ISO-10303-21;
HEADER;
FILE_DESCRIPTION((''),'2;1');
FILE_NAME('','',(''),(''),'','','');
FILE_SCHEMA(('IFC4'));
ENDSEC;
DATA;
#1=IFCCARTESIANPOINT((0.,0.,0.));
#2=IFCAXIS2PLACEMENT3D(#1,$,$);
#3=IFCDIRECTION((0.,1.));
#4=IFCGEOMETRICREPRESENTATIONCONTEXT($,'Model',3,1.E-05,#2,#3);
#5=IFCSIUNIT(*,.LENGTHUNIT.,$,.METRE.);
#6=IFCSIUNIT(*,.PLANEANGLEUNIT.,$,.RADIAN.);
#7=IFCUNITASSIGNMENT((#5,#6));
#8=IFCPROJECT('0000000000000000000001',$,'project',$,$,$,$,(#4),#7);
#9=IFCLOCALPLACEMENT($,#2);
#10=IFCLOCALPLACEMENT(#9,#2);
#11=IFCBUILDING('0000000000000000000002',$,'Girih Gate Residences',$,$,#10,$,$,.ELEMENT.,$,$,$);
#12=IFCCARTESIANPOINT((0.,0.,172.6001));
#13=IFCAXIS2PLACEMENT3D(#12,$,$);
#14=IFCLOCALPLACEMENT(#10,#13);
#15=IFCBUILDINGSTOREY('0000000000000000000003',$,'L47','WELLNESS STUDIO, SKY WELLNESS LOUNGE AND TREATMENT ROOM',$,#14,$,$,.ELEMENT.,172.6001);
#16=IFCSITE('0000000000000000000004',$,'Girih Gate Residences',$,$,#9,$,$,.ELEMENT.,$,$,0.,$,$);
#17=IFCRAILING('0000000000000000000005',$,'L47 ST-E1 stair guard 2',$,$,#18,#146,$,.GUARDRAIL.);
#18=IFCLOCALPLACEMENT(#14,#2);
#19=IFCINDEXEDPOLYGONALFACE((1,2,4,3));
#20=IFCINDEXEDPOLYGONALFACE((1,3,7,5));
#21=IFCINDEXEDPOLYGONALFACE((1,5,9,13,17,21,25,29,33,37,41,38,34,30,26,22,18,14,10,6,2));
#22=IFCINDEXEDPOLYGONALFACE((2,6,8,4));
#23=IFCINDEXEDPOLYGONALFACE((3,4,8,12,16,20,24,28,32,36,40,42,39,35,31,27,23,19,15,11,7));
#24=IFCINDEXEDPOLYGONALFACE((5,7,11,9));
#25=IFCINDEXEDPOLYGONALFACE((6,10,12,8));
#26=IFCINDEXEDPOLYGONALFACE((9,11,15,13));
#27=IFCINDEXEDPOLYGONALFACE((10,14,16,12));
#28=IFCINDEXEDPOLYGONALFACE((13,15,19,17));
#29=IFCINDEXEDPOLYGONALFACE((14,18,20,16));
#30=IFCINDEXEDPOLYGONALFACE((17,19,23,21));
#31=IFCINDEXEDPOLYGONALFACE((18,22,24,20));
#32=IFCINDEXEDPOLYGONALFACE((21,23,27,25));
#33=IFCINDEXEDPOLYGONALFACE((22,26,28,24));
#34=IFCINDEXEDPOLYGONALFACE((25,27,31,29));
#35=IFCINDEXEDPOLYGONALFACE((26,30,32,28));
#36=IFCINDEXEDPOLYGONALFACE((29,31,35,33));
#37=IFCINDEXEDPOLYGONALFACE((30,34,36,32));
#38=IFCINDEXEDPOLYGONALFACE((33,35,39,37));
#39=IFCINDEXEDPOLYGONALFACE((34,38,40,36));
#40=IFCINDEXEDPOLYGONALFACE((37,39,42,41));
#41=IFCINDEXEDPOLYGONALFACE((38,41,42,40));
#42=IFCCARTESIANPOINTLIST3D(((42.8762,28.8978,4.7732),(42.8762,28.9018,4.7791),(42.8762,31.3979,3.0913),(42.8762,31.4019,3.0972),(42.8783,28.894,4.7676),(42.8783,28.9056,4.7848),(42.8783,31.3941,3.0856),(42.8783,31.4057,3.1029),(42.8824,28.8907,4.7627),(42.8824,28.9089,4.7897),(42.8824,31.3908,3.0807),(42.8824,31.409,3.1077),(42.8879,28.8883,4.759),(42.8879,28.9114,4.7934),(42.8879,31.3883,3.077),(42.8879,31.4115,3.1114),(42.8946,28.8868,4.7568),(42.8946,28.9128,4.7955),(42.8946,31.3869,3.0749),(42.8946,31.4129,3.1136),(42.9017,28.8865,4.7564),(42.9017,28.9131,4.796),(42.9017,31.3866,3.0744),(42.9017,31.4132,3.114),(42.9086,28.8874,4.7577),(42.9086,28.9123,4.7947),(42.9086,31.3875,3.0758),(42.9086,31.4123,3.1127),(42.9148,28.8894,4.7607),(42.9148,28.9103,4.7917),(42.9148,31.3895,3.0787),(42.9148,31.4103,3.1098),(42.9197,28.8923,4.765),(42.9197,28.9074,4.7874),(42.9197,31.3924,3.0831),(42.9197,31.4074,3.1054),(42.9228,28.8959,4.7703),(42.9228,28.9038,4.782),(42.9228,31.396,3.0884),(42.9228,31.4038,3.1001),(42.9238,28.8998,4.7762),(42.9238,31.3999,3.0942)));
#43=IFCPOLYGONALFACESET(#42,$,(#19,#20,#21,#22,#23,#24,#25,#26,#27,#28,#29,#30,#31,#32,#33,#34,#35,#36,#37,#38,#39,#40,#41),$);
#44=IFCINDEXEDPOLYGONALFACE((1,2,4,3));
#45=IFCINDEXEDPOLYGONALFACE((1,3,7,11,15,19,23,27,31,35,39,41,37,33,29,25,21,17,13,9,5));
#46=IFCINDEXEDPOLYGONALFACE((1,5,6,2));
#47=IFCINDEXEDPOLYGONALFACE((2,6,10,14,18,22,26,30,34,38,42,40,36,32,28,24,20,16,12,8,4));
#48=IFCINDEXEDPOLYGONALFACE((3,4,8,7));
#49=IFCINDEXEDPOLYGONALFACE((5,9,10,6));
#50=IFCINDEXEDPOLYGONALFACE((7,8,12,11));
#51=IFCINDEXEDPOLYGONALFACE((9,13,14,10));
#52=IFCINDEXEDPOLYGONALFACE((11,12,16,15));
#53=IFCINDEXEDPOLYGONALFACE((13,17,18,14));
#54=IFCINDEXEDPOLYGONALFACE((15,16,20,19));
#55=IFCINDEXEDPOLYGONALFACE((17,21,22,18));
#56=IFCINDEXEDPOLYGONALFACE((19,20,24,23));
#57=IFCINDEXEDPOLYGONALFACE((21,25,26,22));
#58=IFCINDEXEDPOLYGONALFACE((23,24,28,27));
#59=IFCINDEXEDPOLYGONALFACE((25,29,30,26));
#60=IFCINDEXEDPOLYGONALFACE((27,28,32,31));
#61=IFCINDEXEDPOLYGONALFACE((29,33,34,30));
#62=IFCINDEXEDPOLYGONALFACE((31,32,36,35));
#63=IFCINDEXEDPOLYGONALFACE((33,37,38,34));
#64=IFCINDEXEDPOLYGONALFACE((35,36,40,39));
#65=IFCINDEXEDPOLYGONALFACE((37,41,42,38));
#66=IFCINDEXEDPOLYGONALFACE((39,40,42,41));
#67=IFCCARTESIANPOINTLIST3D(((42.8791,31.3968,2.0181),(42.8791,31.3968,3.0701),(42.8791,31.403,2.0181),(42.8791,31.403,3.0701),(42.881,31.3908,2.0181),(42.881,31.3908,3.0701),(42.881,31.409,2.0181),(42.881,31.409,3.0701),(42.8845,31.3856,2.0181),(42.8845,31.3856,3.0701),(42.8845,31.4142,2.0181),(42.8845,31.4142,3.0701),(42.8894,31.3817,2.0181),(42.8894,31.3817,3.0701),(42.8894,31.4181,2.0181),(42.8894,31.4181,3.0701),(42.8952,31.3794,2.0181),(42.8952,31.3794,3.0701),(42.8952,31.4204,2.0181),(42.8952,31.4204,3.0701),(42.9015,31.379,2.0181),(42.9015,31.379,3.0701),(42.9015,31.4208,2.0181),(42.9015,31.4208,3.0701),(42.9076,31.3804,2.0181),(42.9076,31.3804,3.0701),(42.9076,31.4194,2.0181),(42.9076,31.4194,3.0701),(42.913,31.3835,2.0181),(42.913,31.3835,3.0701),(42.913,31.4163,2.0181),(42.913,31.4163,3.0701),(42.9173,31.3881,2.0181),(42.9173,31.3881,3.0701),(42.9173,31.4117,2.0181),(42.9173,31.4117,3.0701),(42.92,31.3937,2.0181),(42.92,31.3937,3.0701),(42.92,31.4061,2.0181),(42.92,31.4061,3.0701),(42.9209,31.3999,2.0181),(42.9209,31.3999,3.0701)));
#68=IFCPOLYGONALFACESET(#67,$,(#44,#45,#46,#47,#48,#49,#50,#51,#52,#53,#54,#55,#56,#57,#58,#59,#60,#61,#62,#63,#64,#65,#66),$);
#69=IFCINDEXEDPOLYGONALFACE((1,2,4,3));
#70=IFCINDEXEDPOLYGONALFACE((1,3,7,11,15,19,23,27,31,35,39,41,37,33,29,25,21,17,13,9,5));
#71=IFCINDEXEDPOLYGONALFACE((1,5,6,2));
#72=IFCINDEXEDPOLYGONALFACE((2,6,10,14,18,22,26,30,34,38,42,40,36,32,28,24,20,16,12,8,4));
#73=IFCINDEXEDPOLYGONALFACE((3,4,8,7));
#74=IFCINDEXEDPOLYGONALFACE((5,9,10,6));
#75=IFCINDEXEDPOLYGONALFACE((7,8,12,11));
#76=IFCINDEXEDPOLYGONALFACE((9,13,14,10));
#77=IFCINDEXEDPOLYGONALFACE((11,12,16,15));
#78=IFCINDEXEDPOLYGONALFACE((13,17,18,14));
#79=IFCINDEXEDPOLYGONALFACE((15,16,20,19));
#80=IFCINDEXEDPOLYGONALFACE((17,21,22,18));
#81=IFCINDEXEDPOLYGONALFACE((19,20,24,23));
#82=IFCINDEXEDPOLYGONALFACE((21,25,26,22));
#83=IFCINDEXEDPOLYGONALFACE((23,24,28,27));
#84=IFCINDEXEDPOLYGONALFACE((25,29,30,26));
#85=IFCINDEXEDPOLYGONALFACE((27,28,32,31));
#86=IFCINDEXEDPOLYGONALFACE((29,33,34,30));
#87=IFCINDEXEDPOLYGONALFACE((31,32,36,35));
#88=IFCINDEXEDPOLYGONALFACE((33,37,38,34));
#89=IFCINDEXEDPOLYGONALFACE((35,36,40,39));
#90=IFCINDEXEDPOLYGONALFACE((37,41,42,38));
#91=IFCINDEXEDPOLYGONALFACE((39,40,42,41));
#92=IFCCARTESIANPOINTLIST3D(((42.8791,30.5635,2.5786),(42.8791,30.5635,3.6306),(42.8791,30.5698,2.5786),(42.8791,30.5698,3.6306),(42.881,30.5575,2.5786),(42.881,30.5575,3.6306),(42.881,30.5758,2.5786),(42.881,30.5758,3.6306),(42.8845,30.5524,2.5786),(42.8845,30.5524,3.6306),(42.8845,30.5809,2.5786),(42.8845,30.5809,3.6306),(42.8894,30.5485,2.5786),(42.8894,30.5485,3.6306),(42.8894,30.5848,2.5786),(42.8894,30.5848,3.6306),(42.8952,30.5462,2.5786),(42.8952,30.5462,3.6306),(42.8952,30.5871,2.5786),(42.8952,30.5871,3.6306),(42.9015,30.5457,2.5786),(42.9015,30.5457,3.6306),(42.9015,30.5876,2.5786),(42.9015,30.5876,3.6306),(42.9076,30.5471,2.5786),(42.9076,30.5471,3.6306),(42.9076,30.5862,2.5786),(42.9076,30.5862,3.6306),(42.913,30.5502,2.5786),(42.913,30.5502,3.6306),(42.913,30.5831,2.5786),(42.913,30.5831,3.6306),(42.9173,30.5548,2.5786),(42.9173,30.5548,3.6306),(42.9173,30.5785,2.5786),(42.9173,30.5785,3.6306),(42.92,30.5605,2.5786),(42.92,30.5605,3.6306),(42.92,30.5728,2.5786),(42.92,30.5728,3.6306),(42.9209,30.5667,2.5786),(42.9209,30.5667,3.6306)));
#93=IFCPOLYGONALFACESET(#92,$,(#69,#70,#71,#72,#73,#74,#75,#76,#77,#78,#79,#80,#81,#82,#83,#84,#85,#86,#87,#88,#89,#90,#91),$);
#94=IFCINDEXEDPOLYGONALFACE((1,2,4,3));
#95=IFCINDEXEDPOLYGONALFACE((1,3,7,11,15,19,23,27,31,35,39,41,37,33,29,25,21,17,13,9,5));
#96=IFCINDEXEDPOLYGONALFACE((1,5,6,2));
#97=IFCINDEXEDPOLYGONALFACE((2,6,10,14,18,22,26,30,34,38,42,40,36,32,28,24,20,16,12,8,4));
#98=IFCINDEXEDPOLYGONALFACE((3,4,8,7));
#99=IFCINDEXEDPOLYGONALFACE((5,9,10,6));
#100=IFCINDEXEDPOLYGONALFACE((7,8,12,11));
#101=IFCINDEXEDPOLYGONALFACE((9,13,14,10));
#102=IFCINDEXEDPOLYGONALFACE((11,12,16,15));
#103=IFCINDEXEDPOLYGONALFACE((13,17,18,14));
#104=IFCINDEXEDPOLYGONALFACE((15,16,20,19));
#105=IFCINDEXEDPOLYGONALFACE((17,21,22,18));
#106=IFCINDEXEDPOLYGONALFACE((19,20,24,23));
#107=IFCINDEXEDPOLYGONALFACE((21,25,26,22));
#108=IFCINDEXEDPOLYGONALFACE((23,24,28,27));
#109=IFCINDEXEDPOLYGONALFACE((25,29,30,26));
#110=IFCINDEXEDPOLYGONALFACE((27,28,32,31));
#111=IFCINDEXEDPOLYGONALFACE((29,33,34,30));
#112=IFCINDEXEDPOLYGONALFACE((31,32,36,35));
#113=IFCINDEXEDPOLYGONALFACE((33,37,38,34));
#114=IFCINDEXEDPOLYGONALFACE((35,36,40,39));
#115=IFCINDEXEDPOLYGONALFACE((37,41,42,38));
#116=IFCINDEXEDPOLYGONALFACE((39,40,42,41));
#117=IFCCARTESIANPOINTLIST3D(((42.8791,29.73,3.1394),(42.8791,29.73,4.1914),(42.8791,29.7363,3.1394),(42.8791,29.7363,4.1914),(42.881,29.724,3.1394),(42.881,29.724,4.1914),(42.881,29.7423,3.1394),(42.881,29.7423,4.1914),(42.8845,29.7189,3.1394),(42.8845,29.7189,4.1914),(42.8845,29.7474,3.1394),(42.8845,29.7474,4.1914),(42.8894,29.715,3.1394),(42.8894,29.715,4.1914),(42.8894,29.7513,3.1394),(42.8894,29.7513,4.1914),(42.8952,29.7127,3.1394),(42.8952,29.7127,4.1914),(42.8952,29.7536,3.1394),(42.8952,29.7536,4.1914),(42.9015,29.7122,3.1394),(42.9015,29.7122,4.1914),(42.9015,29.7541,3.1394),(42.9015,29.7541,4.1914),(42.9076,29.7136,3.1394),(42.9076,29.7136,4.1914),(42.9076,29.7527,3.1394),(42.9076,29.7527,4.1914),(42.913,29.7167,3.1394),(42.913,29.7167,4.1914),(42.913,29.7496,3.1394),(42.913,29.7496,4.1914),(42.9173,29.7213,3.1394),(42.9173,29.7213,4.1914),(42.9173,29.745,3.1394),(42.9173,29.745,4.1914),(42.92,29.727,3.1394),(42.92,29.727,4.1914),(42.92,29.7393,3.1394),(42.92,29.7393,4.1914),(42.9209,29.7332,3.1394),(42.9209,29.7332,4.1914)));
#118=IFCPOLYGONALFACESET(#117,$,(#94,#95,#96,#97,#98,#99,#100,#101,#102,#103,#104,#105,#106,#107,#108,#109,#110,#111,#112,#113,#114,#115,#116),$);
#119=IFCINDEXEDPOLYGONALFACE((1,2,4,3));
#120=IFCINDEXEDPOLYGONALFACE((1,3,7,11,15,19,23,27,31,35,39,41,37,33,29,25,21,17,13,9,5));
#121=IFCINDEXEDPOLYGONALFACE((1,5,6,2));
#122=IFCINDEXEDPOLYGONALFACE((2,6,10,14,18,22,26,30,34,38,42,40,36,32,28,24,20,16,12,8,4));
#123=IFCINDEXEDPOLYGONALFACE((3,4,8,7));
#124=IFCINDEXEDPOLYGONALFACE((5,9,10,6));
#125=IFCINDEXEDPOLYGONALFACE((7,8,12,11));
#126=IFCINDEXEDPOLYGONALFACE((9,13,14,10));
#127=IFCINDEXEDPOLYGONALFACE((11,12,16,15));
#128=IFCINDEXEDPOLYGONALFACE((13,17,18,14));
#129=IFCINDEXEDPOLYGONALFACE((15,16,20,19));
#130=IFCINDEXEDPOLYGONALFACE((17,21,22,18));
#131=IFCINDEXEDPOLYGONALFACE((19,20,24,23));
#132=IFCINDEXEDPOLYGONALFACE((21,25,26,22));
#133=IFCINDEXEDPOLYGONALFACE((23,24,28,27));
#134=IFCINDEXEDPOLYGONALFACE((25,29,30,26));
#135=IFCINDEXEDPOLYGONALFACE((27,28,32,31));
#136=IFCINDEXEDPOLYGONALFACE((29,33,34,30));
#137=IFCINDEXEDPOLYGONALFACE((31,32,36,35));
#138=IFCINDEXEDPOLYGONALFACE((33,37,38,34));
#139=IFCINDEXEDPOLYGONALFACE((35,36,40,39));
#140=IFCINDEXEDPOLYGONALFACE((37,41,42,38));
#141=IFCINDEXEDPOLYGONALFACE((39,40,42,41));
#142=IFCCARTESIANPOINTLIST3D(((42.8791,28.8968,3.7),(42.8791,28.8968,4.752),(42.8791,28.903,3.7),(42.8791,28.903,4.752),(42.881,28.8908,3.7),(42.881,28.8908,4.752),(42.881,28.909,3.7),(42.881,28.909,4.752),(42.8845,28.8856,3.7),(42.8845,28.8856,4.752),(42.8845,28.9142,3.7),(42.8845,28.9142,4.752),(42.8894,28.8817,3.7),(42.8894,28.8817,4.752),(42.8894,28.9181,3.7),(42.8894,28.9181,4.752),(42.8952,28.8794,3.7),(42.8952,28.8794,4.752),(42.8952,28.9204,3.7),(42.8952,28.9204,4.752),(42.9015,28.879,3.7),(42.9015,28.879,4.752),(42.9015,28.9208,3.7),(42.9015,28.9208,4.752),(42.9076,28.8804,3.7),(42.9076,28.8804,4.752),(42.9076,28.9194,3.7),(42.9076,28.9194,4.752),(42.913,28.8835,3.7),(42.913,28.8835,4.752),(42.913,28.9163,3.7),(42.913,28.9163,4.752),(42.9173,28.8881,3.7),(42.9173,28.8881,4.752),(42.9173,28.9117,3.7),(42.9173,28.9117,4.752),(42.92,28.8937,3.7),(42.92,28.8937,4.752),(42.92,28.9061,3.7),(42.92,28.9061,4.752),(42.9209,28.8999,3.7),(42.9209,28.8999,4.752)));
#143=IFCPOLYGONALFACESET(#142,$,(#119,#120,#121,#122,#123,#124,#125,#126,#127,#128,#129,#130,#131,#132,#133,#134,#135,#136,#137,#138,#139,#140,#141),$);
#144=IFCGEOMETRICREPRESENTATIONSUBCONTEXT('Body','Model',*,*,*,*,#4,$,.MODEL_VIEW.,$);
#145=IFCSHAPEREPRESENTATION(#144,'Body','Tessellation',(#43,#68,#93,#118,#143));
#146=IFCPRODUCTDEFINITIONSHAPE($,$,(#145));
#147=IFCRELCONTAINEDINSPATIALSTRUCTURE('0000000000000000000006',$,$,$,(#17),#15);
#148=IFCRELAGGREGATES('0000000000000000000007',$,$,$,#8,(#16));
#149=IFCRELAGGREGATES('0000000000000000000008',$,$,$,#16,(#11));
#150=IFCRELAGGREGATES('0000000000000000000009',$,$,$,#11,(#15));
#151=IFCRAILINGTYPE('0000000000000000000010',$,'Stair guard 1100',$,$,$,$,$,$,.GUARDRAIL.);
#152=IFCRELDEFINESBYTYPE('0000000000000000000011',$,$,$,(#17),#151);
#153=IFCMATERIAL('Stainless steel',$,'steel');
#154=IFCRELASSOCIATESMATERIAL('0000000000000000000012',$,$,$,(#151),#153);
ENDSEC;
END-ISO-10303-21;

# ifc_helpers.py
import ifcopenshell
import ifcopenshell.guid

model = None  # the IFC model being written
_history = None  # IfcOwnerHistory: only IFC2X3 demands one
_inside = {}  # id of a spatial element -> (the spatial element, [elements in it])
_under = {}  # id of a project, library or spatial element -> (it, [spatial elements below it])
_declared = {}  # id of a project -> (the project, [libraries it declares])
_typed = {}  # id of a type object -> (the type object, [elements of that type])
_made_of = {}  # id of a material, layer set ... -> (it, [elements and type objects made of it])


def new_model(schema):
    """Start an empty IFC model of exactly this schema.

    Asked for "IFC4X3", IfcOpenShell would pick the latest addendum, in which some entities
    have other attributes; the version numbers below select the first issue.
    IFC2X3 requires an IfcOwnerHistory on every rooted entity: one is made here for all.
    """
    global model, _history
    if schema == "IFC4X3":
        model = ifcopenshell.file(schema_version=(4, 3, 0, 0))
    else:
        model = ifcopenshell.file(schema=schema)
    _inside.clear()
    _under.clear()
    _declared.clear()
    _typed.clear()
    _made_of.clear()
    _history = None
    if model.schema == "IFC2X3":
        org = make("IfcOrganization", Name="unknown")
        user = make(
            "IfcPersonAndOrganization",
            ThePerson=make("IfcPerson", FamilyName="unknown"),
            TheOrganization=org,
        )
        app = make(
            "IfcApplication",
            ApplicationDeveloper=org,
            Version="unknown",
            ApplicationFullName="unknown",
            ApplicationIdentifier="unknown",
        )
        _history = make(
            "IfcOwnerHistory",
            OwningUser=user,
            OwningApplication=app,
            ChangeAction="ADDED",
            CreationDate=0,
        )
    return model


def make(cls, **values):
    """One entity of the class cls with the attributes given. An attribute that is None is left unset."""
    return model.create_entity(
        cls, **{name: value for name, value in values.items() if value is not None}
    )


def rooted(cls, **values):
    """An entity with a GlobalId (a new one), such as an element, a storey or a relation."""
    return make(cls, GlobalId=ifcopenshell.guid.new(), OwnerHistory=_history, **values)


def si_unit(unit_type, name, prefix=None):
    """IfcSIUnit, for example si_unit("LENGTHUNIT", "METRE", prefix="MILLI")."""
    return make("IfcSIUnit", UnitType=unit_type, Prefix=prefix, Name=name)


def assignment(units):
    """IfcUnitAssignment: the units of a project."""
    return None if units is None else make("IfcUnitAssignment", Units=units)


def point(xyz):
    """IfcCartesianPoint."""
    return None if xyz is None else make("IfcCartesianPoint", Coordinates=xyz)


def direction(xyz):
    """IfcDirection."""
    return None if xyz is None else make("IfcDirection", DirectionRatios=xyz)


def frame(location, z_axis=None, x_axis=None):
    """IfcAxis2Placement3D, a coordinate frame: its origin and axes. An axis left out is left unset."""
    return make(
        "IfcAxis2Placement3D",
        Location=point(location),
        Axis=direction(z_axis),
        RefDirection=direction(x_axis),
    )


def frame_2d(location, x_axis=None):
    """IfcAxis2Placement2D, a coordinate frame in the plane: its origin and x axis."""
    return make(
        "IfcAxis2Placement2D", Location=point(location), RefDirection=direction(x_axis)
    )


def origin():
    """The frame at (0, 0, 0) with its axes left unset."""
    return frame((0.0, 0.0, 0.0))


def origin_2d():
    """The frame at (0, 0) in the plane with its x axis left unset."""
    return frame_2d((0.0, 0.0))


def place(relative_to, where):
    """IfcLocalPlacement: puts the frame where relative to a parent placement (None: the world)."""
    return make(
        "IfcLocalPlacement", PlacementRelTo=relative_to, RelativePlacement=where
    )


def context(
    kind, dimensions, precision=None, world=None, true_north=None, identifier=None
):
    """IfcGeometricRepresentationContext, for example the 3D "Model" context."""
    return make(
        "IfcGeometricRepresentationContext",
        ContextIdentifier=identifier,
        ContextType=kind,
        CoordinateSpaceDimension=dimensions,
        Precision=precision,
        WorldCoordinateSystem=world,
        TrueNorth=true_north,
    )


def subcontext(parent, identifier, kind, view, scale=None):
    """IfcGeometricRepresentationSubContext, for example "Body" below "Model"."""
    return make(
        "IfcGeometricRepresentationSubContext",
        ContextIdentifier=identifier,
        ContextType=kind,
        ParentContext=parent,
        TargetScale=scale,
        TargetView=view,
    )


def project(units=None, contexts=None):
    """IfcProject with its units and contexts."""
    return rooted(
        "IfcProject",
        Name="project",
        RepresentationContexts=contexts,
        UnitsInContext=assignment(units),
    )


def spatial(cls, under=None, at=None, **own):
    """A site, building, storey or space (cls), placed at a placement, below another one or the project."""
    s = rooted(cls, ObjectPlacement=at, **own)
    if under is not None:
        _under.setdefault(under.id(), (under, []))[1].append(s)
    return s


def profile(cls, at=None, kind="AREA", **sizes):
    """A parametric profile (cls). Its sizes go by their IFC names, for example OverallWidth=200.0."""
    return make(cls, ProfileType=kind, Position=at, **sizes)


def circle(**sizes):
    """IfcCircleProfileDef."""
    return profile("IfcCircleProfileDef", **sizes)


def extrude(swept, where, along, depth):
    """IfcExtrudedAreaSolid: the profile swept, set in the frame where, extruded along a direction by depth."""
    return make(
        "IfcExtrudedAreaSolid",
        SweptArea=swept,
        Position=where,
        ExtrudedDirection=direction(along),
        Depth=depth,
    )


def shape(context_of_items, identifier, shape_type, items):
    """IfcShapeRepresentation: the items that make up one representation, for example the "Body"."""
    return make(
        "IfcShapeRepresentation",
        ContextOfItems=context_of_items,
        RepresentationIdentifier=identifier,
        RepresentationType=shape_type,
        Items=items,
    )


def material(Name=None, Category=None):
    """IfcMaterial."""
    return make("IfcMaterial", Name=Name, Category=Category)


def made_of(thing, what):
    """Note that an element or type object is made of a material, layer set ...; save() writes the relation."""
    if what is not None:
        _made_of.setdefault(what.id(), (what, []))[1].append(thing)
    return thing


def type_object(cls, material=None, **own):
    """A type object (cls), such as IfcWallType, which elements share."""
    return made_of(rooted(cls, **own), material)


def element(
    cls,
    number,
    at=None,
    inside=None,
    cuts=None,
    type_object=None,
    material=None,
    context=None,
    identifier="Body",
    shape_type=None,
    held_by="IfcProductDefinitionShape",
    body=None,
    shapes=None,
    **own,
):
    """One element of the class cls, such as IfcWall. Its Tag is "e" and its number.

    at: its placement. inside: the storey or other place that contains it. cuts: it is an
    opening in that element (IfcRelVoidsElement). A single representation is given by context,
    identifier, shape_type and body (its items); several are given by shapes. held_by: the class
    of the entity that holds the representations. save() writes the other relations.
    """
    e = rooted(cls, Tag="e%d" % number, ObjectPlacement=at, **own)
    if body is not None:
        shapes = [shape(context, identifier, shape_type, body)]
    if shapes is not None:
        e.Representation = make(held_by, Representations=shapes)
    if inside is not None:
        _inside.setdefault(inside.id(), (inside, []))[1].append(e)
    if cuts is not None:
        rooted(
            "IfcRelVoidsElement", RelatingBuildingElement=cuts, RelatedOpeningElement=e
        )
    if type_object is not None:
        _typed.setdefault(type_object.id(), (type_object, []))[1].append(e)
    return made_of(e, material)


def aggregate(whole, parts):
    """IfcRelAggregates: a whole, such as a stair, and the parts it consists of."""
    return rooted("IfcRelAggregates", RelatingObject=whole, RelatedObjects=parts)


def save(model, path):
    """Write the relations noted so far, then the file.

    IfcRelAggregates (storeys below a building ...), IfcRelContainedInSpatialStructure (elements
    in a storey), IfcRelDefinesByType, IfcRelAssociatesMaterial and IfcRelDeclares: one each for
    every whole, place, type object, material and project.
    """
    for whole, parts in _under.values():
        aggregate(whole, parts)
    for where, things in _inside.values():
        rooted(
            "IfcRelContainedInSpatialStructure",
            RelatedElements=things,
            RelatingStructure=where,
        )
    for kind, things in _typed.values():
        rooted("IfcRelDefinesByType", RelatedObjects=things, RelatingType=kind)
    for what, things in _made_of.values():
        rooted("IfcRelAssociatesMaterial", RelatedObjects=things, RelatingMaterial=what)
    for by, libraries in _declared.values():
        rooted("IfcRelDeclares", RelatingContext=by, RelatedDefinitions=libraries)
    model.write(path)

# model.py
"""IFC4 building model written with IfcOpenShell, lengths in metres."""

from ifc_helpers import new_model, si_unit, direction, frame, origin, origin_2d, place, context, subcontext, project, spatial, circle, extrude, material, type_object, element, save


model = new_model("IFC4")

# Units and contexts
model_context = context("Model", 3, precision=1e-05, world=origin(), true_north=direction((0.0, 1.0)))
body_context = subcontext(model_context, "Body", "Model", "MODEL_VIEW")
ifc_project = project(units=[si_unit("LENGTHUNIT", "METRE"), si_unit("PLANEANGLEUNIT", "RADIAN")], contexts=[model_context])

# Site, building, storey
site_placement = place(None, origin())
site = spatial("IfcSite", under=ifc_project, at=site_placement, Name="Girih Gate Residences", CompositionType="ELEMENT", RefElevation=0.0)
building_placement = place(site_placement, origin())
building = spatial("IfcBuilding", under=site, at=building_placement, Name="Girih Gate Residences", CompositionType="ELEMENT")
storey_placement = place(building_placement, frame((0.0, 0.0, 172.6001)))
storey = spatial("IfcBuildingStorey", under=building, at=storey_placement, Name="L47", Description="WELLNESS STUDIO, SKY WELLNESS LOUNGE AND TREATMENT ROOM", CompositionType="ELEMENT", Elevation=172.6001)

# Railing
ifc_material_1 = material(Name="Stainless steel", Category="steel")
railing_type_1 = type_object("IfcRailingType", Name="Stair guard 1100", PredefinedType="GUARDRAIL", material=ifc_material_1)
railing_1_placement = place(storey_placement, frame((42.8999, 31.3999, 2.0181)))
element("IfcRailing", 1, at=railing_1_placement, inside=storey, type_object=railing_type_1, Name="L47 ST-E1 stair guard 2", PredefinedType="GUARDRAIL", context=body_context, shape_type="SweptSolid", body=[
    extrude(circle(Radius=0.0239, at=origin_2d()), frame((0.0, 0.0, 1.0762), z_axis=(0.0, -0.829712, 0.558192), x_axis=(1.0, 0.0, 0.0)), (0.0, 0.0, 1.0), 3.0132),
    extrude(circle(Radius=0.021, at=origin_2d()), origin(), (0.0, 0.0, 1.0), 1.052),
    extrude(circle(Radius=0.021, at=origin_2d()), frame((0.0, -0.8333, 0.5605)), (0.0, 0.0, 1.0), 1.052),
    extrude(circle(Radius=0.021, at=origin_2d()), frame((0.0, -1.6667, 1.1213)), (0.0, 0.0, 1.0), 1.052),
    extrude(circle(Radius=0.021, at=origin_2d()), frame((0.0, -2.5, 1.6819)), (0.0, 0.0, 1.0), 1.052),
])

save(model, "model.ifc")
